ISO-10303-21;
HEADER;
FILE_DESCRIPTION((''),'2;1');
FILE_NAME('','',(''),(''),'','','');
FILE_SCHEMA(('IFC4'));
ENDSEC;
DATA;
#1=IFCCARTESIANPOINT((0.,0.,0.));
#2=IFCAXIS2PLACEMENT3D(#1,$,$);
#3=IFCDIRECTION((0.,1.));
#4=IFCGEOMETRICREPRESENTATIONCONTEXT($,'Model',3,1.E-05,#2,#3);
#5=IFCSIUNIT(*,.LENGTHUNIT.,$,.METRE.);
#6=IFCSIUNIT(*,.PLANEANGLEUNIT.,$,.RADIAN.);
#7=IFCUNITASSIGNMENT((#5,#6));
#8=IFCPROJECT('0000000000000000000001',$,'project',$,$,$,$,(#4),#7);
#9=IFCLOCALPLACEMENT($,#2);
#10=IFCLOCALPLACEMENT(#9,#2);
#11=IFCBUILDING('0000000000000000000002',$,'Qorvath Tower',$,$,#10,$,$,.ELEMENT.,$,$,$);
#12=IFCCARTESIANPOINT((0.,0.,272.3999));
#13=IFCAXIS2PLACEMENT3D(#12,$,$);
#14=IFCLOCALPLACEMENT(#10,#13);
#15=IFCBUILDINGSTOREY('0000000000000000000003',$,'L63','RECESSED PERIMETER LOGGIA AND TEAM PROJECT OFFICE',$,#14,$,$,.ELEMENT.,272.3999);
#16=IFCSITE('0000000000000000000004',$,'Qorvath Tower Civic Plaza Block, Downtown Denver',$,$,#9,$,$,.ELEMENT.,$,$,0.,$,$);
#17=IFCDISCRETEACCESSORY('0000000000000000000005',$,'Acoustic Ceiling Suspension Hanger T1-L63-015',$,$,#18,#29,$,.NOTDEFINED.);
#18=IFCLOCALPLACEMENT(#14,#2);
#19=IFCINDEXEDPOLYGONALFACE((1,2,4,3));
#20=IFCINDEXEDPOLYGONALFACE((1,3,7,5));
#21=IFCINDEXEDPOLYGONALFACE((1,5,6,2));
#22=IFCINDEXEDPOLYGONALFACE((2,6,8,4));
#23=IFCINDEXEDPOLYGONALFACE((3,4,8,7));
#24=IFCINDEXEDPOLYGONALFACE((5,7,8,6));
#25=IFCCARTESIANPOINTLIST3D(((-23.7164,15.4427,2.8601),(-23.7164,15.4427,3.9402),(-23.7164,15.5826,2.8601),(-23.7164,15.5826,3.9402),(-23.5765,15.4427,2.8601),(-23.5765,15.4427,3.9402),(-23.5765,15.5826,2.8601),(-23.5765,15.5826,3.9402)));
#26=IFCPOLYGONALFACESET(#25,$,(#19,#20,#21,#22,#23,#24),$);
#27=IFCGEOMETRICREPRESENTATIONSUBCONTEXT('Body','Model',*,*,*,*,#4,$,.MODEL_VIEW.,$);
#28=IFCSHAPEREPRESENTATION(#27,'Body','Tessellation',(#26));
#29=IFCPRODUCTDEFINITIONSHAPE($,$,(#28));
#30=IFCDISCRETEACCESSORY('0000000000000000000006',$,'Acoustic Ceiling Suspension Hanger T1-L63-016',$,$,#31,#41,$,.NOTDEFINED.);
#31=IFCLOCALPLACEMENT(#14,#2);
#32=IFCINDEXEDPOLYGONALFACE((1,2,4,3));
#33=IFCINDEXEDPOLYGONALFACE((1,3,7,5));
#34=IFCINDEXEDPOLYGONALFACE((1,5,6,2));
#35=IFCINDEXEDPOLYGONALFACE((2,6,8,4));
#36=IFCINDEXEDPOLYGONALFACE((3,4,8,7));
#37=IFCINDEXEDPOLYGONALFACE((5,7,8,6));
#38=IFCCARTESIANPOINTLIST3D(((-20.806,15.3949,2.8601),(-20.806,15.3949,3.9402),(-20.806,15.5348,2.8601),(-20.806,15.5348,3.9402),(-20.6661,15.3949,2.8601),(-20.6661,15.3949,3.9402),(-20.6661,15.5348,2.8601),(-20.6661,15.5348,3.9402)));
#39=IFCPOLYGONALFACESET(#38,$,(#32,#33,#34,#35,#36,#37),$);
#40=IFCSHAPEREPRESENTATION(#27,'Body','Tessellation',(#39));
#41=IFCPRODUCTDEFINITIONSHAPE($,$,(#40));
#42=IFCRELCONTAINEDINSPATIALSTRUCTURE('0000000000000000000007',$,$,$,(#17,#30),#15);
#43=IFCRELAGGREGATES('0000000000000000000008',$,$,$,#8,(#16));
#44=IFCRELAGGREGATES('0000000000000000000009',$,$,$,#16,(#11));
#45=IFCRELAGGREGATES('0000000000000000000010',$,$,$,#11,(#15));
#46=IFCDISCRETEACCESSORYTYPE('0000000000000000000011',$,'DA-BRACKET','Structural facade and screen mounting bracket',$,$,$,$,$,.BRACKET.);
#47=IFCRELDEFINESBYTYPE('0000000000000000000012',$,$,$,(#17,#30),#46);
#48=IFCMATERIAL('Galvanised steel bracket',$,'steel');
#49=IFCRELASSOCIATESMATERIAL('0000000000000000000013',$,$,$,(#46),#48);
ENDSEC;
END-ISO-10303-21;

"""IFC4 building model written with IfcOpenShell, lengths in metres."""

from ifc_helpers import new_model, si_unit, direction, frame, origin, origin_2d, place, context, subcontext, project, spatial, rectangle, extrude, material, type_object, element, save


model = new_model("IFC4")

# Units and contexts
model_context = context("Model", 3, precision=1e-05, world=origin(), true_north=direction((0.0, 1.0)))
body_context = subcontext(model_context, "Body", "Model", "MODEL_VIEW")
ifc_project = project(units=[si_unit("LENGTHUNIT", "METRE"), si_unit("PLANEANGLEUNIT", "RADIAN")], contexts=[model_context])

# Site, building, storey
site_placement = place(None, origin())
site = spatial("IfcSite", under=ifc_project, at=site_placement, Name="Qorvath Tower Civic Plaza Block, Downtown Denver", CompositionType="ELEMENT", RefElevation=0.0)
building_placement = place(site_placement, origin())
building = spatial("IfcBuilding", under=site, at=building_placement, Name="Qorvath Tower", CompositionType="ELEMENT")
storey_placement = place(building_placement, frame((0.0, 0.0, 272.3999)))
storey = spatial("IfcBuildingStorey", under=building, at=storey_placement, Name="L63", Description="RECESSED PERIMETER LOGGIA AND TEAM PROJECT OFFICE", CompositionType="ELEMENT", Elevation=272.3999)

# Discrete accessories
ifc_material_1 = material(Name="Galvanised steel bracket", Category="steel")
discrete_accessory_type = type_object("IfcDiscreteAccessoryType", Name="DA-BRACKET", Description="Structural facade and screen mounting bracket", PredefinedType="BRACKET", material=ifc_material_1)
for number, where, z_axis, x_axis, name in (
    (1, (-23.6465, 15.5127, 2.8601), (0.0, 0.0, 1.0), (1.0, 0.0, 0.0), "Acoustic Ceiling Suspension Hanger T1-L63-015"),
    (2, (-20.7361, 15.4648, 2.8601), (0.0, 0.0, 1.0), (1.0, 0.0, 0.0), "Acoustic Ceiling Suspension Hanger T1-L63-016"),
):
    element("IfcDiscreteAccessory", number, at=place(storey_placement, frame(where, z_axis=z_axis, x_axis=x_axis)), inside=storey, type_object=discrete_accessory_type, Name=name, PredefinedType="NOTDEFINED", context=body_context, shape_type="SweptSolid", body=[
        extrude(rectangle(XDim=0.1399, YDim=0.1399, at=origin_2d()), origin(), (0.0, 0.0, 1.0), 1.0801),
    ])

save(model, "model.ifc")
